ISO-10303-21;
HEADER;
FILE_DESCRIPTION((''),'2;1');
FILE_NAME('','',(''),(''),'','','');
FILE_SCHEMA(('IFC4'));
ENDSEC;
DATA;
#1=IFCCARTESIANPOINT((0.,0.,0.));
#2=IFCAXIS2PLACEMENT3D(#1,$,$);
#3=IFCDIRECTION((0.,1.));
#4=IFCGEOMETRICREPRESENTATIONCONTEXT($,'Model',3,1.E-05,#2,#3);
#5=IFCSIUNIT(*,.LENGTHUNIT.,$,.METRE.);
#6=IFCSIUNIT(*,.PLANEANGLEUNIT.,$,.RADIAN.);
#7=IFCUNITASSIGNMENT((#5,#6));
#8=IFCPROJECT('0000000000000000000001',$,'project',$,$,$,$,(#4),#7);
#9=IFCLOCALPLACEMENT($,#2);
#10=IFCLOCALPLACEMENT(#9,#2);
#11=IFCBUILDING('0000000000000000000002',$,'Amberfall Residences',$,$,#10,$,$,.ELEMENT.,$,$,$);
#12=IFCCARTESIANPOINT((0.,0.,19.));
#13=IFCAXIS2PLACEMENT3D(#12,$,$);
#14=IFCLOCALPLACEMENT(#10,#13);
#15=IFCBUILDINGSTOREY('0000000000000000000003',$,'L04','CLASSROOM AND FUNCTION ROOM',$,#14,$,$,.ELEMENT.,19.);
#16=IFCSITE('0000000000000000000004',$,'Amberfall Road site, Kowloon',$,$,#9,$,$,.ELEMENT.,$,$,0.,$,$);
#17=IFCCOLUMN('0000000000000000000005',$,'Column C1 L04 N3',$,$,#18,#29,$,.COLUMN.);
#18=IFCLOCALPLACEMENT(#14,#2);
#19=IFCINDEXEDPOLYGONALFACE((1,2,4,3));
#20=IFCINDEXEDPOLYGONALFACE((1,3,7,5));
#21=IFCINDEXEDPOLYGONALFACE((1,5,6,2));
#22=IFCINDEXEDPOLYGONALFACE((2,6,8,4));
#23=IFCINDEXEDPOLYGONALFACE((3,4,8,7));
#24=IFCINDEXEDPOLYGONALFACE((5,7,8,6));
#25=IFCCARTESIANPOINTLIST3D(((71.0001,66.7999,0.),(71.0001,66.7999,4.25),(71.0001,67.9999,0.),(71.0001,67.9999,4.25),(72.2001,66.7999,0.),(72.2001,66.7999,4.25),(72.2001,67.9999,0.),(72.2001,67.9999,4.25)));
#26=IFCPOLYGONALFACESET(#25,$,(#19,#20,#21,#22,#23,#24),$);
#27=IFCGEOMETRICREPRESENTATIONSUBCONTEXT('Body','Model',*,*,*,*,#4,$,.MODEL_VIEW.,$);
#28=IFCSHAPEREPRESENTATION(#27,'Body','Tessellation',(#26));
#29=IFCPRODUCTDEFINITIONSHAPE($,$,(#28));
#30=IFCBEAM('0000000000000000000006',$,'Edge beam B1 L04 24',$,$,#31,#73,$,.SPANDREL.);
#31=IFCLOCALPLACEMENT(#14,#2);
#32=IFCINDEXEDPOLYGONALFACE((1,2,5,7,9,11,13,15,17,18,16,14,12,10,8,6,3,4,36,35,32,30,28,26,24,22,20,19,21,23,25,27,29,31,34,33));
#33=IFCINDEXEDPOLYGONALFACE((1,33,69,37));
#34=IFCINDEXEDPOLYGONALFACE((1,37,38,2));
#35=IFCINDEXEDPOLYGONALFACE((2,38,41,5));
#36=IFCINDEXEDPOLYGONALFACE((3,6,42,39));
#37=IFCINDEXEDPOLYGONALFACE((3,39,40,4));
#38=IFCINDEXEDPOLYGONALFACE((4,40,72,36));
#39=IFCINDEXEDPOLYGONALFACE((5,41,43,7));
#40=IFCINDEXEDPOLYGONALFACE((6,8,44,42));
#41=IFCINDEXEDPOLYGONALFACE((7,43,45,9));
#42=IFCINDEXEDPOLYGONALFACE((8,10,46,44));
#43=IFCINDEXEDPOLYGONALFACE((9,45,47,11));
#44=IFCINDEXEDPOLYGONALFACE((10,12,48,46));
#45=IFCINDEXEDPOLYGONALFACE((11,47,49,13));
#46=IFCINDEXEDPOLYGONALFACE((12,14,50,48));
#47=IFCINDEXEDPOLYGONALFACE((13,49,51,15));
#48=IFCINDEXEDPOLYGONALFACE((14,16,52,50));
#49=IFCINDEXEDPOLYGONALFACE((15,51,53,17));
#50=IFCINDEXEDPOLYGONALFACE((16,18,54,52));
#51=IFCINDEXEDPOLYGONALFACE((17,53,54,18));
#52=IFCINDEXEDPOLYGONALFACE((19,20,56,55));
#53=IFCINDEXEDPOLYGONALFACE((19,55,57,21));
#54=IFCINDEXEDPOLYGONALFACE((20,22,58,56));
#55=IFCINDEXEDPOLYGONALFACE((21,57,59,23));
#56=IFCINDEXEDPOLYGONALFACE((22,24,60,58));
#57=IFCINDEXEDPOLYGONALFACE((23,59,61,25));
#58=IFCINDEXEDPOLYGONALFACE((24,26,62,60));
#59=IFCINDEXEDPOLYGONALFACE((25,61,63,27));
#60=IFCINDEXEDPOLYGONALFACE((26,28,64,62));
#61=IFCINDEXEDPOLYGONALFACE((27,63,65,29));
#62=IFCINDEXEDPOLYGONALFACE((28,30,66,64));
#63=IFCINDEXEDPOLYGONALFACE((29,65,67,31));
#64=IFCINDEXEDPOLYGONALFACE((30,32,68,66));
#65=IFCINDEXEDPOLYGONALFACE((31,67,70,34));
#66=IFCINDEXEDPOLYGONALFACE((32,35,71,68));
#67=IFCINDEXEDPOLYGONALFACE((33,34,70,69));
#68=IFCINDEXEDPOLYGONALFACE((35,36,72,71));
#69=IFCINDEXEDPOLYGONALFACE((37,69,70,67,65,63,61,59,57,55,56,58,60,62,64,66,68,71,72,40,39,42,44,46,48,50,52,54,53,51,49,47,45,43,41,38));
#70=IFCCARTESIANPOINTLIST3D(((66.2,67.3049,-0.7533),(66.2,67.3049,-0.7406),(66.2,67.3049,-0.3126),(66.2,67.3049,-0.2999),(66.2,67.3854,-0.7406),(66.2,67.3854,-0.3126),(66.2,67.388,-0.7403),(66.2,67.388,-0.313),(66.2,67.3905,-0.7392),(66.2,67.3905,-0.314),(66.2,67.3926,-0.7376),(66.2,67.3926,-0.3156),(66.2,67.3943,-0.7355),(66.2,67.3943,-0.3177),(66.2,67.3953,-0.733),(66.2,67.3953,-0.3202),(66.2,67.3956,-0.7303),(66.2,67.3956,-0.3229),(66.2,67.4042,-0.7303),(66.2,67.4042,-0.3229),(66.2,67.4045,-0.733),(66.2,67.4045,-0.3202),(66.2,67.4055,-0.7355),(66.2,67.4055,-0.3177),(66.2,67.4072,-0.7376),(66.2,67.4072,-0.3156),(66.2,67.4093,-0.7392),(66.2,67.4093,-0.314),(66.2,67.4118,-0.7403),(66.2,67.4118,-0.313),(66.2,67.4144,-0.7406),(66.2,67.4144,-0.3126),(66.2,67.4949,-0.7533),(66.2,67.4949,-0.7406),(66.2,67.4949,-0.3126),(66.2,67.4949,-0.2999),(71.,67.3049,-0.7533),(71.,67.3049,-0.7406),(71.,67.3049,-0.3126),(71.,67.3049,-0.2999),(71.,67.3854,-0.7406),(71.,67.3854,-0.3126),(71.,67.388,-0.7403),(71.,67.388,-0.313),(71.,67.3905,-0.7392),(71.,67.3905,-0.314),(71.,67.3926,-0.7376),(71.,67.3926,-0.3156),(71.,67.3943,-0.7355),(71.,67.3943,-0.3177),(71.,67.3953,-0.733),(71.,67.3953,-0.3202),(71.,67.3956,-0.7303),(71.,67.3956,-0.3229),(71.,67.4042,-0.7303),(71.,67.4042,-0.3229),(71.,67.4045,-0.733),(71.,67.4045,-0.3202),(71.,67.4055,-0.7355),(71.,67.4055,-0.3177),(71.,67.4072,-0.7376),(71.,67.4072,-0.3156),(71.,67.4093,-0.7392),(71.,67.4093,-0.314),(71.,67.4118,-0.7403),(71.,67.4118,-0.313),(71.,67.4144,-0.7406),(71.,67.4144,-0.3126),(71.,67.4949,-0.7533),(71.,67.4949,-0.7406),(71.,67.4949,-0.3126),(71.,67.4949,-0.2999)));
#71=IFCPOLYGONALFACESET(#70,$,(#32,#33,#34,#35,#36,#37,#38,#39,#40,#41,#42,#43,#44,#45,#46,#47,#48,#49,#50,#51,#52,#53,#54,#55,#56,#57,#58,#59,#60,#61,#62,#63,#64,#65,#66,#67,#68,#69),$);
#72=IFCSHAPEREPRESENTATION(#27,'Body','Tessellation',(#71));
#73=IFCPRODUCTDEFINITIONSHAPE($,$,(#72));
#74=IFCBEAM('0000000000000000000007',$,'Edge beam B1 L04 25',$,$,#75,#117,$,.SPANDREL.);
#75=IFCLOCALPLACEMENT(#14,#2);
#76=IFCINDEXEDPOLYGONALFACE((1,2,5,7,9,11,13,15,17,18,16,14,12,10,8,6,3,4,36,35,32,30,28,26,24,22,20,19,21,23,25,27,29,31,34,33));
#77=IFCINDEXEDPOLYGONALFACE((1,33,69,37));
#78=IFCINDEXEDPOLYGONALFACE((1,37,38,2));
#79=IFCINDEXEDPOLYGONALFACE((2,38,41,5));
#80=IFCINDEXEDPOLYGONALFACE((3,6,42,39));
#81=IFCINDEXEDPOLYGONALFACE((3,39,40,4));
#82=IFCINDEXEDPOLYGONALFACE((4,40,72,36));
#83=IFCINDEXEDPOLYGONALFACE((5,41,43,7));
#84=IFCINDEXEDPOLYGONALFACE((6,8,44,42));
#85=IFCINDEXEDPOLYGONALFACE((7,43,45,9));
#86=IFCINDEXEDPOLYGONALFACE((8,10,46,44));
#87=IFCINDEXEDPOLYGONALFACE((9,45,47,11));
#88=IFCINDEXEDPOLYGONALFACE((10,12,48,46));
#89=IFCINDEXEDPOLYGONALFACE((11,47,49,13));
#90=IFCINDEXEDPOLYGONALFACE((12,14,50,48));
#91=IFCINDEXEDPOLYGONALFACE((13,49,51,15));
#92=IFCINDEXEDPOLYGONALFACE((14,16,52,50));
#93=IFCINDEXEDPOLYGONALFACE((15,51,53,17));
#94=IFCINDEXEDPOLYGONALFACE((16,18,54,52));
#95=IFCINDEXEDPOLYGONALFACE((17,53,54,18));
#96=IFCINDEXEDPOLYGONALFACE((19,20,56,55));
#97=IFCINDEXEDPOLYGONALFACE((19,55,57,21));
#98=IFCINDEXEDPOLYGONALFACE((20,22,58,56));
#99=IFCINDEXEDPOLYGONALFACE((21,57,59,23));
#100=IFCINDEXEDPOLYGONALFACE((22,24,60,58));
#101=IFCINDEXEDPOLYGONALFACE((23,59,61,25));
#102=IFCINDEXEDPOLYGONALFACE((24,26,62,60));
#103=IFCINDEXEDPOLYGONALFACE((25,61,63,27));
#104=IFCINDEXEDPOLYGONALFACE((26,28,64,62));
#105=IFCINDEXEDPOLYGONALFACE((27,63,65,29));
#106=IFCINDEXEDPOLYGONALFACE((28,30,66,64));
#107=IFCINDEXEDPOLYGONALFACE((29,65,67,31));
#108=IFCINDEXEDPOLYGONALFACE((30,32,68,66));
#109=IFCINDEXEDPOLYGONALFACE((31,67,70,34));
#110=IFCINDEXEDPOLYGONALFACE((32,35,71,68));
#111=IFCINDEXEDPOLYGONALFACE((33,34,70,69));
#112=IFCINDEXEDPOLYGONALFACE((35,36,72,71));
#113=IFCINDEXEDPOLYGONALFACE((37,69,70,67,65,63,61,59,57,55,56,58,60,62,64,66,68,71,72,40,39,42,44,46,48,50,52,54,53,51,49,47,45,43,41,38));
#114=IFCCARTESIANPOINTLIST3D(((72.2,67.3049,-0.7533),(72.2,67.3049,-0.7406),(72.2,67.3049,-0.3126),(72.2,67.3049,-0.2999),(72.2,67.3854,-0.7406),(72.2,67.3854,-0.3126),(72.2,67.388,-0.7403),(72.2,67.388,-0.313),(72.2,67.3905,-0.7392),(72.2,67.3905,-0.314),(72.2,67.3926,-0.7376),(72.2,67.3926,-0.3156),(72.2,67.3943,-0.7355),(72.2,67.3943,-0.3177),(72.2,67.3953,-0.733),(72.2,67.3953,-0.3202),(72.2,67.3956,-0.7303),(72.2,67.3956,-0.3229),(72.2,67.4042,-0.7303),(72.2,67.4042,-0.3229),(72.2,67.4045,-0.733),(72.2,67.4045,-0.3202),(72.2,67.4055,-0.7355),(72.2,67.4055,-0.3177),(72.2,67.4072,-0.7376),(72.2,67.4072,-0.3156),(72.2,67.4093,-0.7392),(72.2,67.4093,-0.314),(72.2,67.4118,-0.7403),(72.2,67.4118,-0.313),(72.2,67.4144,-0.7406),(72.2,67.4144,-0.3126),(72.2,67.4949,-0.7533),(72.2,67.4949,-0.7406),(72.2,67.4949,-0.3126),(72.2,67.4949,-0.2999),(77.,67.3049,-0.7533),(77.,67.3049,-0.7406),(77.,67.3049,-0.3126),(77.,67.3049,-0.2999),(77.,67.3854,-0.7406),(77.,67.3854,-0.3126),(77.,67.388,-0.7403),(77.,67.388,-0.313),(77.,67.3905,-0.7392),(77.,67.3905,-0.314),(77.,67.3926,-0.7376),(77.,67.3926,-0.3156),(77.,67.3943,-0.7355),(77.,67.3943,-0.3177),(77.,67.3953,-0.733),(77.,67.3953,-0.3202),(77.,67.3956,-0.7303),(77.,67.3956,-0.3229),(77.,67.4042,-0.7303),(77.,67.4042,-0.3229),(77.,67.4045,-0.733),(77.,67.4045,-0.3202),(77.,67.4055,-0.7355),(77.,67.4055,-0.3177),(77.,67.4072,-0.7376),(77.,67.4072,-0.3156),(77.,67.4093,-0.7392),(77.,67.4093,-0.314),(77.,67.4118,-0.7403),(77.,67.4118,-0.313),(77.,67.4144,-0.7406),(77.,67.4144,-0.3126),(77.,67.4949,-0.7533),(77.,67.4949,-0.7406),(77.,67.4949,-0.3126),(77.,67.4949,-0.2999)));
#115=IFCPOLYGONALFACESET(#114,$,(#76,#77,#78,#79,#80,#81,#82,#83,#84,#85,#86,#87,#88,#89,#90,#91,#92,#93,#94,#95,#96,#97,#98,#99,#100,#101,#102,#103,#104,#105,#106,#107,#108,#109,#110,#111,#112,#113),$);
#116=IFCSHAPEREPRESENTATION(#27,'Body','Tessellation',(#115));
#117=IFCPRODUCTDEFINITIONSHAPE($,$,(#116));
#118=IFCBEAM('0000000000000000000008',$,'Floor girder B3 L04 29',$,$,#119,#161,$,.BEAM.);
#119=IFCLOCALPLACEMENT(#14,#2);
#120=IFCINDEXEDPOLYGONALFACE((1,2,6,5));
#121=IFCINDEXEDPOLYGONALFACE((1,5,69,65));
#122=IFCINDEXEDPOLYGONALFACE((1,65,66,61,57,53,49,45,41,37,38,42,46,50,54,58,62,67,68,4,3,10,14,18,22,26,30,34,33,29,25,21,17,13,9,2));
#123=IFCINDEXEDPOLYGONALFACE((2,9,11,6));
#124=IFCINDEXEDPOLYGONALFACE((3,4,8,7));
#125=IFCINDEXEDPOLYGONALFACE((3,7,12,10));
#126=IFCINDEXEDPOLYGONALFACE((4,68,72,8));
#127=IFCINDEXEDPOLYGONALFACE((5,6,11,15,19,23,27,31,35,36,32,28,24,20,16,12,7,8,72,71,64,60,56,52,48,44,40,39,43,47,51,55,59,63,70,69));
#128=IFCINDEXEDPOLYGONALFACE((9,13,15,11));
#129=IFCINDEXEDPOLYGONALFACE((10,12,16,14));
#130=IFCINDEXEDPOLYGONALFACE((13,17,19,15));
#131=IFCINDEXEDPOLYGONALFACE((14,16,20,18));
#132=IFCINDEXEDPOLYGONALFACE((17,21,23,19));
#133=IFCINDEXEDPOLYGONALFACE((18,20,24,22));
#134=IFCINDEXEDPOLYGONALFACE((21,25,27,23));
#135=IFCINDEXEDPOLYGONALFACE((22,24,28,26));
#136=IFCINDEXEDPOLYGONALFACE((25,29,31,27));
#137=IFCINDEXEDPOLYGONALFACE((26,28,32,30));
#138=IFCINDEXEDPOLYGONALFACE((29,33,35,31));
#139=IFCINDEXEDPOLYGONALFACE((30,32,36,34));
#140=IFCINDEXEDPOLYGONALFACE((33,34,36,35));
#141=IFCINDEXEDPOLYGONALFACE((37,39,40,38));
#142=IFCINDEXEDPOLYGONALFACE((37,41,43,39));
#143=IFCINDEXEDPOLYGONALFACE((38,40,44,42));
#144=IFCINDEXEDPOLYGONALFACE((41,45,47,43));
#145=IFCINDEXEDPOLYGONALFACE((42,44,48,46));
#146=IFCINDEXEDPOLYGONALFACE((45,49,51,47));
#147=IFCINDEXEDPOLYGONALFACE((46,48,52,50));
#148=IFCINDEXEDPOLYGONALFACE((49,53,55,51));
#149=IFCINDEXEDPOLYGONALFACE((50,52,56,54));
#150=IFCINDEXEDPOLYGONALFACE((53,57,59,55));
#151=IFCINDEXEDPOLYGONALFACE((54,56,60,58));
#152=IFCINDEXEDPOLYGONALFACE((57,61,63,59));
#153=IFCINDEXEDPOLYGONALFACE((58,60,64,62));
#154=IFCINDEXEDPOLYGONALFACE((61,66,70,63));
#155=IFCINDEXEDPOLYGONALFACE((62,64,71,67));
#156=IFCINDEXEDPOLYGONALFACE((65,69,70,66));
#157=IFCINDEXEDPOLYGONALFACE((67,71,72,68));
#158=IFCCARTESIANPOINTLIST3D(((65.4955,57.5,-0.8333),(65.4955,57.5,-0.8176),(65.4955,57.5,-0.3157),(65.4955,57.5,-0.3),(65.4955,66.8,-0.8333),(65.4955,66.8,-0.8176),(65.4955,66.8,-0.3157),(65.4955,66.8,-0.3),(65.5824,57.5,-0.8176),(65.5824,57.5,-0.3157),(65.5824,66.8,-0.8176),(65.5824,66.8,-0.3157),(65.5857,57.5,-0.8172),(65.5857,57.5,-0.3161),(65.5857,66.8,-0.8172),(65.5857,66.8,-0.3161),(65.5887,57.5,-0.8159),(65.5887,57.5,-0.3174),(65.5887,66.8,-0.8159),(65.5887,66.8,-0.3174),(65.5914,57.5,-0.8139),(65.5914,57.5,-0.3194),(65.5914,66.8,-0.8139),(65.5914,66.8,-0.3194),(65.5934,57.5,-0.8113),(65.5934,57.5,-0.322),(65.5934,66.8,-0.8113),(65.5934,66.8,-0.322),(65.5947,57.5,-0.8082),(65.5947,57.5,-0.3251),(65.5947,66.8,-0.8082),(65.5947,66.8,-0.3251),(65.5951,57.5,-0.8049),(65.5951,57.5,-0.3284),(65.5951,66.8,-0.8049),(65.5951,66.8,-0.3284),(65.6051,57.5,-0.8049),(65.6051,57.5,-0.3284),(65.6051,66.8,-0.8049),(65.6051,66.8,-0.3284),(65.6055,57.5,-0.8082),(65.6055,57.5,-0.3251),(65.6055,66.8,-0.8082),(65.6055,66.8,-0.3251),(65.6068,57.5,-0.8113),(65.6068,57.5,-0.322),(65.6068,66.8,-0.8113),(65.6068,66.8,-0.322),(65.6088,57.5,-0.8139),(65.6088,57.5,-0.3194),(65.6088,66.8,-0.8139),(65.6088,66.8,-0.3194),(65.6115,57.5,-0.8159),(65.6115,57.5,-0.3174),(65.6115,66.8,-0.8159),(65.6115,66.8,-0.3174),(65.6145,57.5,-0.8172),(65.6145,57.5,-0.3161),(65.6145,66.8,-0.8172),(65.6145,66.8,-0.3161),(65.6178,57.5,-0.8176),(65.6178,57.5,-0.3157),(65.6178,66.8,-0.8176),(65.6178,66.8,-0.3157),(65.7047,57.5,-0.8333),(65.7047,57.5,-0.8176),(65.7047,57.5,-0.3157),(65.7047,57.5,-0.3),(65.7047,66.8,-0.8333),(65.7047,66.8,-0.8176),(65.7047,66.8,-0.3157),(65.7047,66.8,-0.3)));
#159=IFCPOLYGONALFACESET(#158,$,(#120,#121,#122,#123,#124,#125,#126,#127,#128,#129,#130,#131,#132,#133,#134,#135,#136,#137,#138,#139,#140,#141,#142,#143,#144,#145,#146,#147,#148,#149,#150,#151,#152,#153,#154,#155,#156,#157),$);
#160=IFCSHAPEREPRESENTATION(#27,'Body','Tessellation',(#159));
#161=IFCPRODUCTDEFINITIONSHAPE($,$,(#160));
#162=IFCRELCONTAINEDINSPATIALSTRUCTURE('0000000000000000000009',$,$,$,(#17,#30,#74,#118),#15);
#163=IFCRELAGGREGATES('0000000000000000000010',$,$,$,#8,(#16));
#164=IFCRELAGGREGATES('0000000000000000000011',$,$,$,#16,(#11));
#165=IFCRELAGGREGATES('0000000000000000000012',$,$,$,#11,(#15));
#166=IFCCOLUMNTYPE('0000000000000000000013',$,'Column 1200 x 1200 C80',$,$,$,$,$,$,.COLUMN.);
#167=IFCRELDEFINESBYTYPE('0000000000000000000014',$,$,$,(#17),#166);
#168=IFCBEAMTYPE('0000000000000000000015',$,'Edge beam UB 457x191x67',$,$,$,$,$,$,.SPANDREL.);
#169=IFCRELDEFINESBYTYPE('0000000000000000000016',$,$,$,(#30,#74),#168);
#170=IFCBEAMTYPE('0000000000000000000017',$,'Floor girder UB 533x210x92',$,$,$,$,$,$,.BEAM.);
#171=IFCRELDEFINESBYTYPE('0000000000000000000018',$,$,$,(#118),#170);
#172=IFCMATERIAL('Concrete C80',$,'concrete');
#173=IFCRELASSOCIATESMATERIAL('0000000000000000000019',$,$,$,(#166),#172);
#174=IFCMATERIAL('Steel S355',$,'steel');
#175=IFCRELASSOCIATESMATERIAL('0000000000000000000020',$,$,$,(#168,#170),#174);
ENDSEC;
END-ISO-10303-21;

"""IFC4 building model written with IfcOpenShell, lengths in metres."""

from ifc_helpers import new_model, si_unit, direction, frame, origin, origin_2d, place, context, subcontext, project, spatial, rectangle, i_section, extrude, material, material_profile, profile_set, type_object, element, save


model = new_model("IFC4")

# Units and contexts
model_context = context("Model", 3, precision=1e-05, world=origin(), true_north=direction((0.0, 1.0)))
body_context = subcontext(model_context, "Body", "Model", "MODEL_VIEW")
ifc_project = project(units=[si_unit("LENGTHUNIT", "METRE"), si_unit("PLANEANGLEUNIT", "RADIAN")], contexts=[model_context])

# Site, building, storey
site_placement = place(None, origin())
site = spatial("IfcSite", under=ifc_project, at=site_placement, Name="Amberfall Road site, Kowloon", CompositionType="ELEMENT", RefElevation=0.0)
building_placement = place(site_placement, origin())
building = spatial("IfcBuilding", under=site, at=building_placement, Name="Amberfall Residences", CompositionType="ELEMENT")
storey_placement = place(building_placement, frame((0.0, 0.0, 19.0)))
storey = spatial("IfcBuildingStorey", under=building, at=storey_placement, Name="L04", Description="CLASSROOM AND FUNCTION ROOM", CompositionType="ELEMENT", Elevation=19.0)

# Column
ifc_material_1 = material(Name="Concrete C80", Category="concrete")
ifc_material_profile_1 = material_profile(ifc_material_1, rectangle(XDim=1.2, YDim=1.2, at=origin_2d()), Name="Column 1200 x 1200 C80")
ifc_profile_set_1 = profile_set([ifc_material_profile_1], Name="Concrete C80")
column_type = type_object("IfcColumnType", Name="Column 1200 x 1200 C80", PredefinedType="COLUMN", material=ifc_profile_set_1)
column_placement = place(storey_placement, frame((71.6001, 67.3999, 0.0), z_axis=(0.0, 0.0, 1.0), x_axis=(1.0, 0.0, 0.0)))
element("IfcColumn", 1, at=column_placement, inside=storey, type_object=column_type, Name="Column C1 L04 N3", PredefinedType="COLUMN", context=body_context, shape_type="SweptSolid", body=[
    extrude(rectangle(XDim=1.2, YDim=1.2, at=origin_2d()), origin(), (0.0, 0.0, 1.0), 4.25),
])

# Beams
ifc_material_2 = material(Name="Steel S355", Category="steel")
ifc_material_profile_2 = material_profile(ifc_material_2, i_section(OverallWidth=0.1899, OverallDepth=0.4534, WebThickness=0.0085, FlangeThickness=0.0127, FilletRadius=0.0103, at=origin_2d()), Name="UB 457x191x67")
ifc_profile_set_2 = profile_set([ifc_material_profile_2], Name="Steel S355")
beam_type_1 = type_object("IfcBeamType", Name="Edge beam UB 457x191x67", PredefinedType="SPANDREL", material=ifc_profile_set_2)
for number, where, z_axis, x_axis, name in (
    (2, (66.2, 67.3999, -0.5266), (1.0, 0.0, 0.0), (0.0, 1.0, 0.0), "Edge beam B1 L04 24"),
    (3, (72.2, 67.3999, -0.5266), (1.0, 0.0, 0.0), (0.0, 1.0, 0.0), "Edge beam B1 L04 25"),
):
    element("IfcBeam", number, at=place(storey_placement, frame(where, z_axis=z_axis, x_axis=x_axis)), inside=storey, type_object=beam_type_1, Name=name, PredefinedType="SPANDREL", context=body_context, shape_type="SweptSolid", body=[
        extrude(i_section(OverallWidth=0.1899, OverallDepth=0.4534, WebThickness=0.0085, FlangeThickness=0.0127, FilletRadius=0.0103, at=origin_2d()), origin(), (0.0, 0.0, 1.0), 4.8),
    ])
ifc_material_profile_3 = material_profile(ifc_material_2, i_section(OverallWidth=0.2092, OverallDepth=0.5332, WebThickness=0.01, FlangeThickness=0.0156, FilletRadius=0.0127, at=origin_2d()), Name="UB 533x210x92")
ifc_profile_set_3 = profile_set([ifc_material_profile_3], Name="Steel S355")
beam_type_2 = type_object("IfcBeamType", Name="Floor girder UB 533x210x92", PredefinedType="BEAM", material=ifc_profile_set_3)
for number, where, z_axis, x_axis, name in (
    (4, (65.6001, 66.8, -0.5667), (0.0, -1.0, 0.0), (1.0, 0.0, 0.0), "Floor girder B3 L04 29"),
):
    element("IfcBeam", number, at=place(storey_placement, frame(where, z_axis=z_axis, x_axis=x_axis)), inside=storey, type_object=beam_type_2, Name=name, PredefinedType="BEAM", context=body_context, shape_type="SweptSolid", body=[
        extrude(i_section(OverallWidth=0.2092, OverallDepth=0.5332, WebThickness=0.01, FlangeThickness=0.0156, FilletRadius=0.0127, at=origin_2d()), origin(), (0.0, 0.0, 1.0), 9.3),
    ])

save(model, "model.ifc")
